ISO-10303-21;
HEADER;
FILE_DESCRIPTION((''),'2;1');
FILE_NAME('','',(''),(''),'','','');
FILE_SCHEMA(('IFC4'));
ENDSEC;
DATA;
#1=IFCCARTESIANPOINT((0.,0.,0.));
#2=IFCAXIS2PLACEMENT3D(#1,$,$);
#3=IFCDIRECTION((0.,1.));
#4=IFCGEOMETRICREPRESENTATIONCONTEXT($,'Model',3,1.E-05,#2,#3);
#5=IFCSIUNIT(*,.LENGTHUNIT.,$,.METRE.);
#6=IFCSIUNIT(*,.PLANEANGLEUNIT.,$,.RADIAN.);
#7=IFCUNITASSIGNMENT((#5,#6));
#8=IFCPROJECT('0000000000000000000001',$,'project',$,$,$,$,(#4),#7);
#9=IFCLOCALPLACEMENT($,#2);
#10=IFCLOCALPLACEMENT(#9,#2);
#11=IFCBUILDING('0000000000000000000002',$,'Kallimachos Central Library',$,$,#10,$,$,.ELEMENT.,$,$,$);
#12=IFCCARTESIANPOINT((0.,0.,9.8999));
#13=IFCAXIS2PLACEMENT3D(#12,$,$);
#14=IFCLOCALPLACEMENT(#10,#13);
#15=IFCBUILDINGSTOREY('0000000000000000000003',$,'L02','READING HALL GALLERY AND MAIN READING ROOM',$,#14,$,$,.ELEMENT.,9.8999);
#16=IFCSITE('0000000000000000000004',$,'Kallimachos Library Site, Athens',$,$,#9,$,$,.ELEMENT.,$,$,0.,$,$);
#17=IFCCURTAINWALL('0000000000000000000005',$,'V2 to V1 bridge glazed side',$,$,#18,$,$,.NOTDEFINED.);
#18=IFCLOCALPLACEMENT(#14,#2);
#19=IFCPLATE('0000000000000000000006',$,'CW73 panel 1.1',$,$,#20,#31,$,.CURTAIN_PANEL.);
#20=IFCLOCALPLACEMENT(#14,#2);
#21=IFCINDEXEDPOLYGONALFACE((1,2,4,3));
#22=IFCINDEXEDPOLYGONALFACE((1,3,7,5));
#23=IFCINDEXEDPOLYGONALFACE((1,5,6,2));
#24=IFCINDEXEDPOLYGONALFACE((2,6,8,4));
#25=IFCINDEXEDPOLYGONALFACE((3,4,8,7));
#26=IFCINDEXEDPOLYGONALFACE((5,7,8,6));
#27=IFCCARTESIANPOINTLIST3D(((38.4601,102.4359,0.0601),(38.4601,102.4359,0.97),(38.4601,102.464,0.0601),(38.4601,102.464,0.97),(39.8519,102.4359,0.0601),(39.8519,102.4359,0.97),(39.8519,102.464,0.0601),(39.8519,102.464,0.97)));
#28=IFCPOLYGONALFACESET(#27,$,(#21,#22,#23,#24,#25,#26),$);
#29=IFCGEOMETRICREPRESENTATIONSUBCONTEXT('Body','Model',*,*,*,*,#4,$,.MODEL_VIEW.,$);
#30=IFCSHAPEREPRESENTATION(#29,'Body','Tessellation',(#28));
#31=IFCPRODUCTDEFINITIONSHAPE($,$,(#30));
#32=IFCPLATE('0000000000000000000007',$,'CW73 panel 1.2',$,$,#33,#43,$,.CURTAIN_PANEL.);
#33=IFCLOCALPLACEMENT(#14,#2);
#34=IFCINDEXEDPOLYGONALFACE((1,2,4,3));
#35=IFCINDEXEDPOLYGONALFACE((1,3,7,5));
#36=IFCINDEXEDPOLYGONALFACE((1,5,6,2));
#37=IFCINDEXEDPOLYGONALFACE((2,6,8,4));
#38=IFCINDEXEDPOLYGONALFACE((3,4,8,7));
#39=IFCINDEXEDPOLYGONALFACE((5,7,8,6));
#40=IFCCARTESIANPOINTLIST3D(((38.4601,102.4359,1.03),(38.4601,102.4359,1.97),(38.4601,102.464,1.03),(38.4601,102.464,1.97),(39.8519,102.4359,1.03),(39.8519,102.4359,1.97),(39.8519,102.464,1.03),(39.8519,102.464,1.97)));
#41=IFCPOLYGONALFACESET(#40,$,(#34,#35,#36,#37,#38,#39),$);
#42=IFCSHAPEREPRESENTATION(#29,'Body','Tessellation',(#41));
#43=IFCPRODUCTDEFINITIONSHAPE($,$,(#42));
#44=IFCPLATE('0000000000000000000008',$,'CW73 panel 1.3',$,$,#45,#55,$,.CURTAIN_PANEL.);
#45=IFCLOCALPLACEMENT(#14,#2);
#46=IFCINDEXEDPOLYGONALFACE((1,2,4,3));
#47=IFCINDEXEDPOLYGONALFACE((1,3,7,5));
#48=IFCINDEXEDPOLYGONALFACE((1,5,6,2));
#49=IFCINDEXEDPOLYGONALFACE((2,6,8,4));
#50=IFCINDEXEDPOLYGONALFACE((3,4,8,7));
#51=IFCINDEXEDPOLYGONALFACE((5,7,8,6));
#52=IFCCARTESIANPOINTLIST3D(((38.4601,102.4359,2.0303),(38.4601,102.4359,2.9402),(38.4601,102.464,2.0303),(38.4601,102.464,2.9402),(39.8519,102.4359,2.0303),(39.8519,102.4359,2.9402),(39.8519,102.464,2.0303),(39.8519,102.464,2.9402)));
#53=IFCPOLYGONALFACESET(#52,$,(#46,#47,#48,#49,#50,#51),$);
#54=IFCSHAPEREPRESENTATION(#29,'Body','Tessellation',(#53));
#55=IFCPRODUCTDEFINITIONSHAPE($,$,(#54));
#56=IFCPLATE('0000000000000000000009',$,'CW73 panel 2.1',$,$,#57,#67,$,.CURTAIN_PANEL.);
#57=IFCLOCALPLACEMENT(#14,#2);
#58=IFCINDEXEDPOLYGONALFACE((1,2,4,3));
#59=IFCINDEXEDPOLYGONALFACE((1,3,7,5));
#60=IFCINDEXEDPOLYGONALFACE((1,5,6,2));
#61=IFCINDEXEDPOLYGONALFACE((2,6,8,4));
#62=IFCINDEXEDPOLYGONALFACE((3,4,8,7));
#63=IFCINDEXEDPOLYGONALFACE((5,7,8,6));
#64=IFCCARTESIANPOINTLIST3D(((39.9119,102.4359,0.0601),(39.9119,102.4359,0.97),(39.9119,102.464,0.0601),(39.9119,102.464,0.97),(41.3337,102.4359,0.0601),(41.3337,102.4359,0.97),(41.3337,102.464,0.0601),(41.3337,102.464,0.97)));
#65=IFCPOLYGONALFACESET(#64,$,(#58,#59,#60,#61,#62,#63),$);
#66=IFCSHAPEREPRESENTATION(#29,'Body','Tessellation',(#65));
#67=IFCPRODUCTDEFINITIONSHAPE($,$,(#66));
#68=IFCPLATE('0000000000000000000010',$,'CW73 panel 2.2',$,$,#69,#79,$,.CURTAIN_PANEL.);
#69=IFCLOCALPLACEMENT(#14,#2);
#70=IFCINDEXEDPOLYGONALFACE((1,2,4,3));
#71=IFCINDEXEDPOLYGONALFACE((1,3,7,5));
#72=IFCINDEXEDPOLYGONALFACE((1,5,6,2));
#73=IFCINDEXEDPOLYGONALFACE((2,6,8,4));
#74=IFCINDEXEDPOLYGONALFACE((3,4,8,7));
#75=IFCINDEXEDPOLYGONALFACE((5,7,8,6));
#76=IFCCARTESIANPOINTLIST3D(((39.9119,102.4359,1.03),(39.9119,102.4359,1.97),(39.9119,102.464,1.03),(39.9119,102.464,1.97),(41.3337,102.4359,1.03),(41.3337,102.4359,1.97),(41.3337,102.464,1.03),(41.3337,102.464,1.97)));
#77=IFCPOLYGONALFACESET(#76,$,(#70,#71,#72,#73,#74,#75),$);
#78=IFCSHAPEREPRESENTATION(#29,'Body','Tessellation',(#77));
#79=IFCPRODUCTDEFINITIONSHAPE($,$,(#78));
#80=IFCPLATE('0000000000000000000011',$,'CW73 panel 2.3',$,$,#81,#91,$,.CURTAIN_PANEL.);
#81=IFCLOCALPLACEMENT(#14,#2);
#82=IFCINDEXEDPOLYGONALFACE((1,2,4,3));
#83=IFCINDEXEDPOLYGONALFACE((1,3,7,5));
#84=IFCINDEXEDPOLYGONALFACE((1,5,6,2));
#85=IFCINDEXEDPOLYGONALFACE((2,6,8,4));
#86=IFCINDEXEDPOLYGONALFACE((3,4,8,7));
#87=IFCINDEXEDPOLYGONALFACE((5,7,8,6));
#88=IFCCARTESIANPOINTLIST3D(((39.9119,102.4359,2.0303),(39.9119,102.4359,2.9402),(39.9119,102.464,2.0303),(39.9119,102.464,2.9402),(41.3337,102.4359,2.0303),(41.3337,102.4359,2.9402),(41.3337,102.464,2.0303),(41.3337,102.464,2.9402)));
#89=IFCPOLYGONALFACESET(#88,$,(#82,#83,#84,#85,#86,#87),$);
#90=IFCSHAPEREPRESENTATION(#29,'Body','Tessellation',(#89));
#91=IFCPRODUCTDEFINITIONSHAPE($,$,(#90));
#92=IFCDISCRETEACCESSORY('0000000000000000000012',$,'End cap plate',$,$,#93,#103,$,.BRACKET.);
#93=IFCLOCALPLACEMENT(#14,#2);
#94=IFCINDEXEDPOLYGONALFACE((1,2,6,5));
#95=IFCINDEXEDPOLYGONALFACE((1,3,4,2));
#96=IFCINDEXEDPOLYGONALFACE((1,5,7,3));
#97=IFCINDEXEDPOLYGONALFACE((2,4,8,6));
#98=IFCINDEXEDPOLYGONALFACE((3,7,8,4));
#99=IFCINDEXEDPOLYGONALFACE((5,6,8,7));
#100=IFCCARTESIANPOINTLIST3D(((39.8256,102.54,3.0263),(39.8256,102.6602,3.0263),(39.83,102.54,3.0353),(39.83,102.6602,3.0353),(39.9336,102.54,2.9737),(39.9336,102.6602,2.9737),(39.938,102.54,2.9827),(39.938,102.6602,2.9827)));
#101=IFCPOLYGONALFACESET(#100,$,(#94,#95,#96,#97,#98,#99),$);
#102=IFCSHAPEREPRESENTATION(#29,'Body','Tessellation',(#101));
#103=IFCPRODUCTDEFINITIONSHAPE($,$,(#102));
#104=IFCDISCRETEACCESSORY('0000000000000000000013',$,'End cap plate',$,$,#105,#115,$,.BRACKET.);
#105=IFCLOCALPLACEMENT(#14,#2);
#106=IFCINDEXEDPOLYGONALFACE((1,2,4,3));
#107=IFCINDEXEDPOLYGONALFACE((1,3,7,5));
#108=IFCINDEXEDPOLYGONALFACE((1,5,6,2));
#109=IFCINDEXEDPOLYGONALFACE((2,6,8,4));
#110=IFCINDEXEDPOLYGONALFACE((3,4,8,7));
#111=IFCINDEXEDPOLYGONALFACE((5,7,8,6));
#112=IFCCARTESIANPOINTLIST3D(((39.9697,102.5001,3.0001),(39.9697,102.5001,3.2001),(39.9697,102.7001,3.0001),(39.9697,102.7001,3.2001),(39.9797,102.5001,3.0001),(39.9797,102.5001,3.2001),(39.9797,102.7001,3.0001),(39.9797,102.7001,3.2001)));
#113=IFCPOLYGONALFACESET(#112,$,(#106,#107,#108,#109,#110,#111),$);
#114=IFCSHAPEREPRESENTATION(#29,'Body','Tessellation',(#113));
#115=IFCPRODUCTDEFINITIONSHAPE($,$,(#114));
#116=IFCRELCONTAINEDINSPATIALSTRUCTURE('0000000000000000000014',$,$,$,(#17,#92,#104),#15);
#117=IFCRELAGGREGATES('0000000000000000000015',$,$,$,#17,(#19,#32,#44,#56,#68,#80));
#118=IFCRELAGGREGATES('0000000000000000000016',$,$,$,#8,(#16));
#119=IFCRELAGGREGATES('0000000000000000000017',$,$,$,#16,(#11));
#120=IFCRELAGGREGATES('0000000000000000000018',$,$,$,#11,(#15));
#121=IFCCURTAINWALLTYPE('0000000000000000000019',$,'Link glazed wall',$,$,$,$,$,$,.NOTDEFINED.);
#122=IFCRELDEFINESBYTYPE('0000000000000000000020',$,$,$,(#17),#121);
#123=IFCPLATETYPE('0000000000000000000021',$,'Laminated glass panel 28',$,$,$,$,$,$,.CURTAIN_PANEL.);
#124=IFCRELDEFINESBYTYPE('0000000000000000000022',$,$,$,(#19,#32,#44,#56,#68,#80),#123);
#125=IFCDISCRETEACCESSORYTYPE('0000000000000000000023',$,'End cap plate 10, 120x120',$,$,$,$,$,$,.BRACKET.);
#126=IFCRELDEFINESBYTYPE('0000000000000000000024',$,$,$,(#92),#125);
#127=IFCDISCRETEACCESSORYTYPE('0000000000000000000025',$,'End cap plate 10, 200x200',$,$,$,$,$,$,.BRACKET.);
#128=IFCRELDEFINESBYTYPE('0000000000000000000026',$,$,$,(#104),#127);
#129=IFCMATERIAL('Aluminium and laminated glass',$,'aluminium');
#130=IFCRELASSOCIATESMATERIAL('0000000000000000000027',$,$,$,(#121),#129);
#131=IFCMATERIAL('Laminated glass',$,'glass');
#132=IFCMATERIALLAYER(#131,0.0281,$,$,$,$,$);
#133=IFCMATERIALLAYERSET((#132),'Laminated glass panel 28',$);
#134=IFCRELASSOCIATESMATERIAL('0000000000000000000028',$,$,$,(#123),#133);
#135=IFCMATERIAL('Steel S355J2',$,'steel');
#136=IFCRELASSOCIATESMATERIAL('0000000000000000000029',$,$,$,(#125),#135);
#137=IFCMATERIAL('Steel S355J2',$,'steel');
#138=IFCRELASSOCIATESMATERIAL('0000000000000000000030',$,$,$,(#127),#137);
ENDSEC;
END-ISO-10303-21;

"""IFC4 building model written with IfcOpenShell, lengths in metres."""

from ifc_helpers import new_model, si_unit, direction, frame, origin, origin_2d, place, context, subcontext, project, spatial, rectangle, extrude, material, layer, layer_set, material_profile, profile_set, type_object, element, aggregate, save


model = new_model("IFC4")

# Units and contexts
model_context = context("Model", 3, precision=1e-05, world=origin(), true_north=direction((0.0, 1.0)))
body_context = subcontext(model_context, "Body", "Model", "MODEL_VIEW")
ifc_project = project(units=[si_unit("LENGTHUNIT", "METRE"), si_unit("PLANEANGLEUNIT", "RADIAN")], contexts=[model_context])

# Site, building, storey
site_placement = place(None, origin())
site = spatial("IfcSite", under=ifc_project, at=site_placement, Name="Kallimachos Library Site, Athens", CompositionType="ELEMENT", RefElevation=0.0)
building_placement = place(site_placement, origin())
building = spatial("IfcBuilding", under=site, at=building_placement, Name="Kallimachos Central Library", CompositionType="ELEMENT")
storey_placement = place(building_placement, frame((0.0, 0.0, 9.8999)))
storey = spatial("IfcBuildingStorey", under=building, at=storey_placement, Name="L02", Description="READING HALL GALLERY AND MAIN READING ROOM", CompositionType="ELEMENT", Elevation=9.8999)

# Curtain wall
ifc_material_1 = material(Name="Aluminium and laminated glass", Category="aluminium")
curtain_wall_type = type_object("IfcCurtainWallType", Name="Link glazed wall", PredefinedType="NOTDEFINED", material=ifc_material_1)
curtain_wall_placement = place(storey_placement, origin())
curtain_wall = element("IfcCurtainWall", 1, at=curtain_wall_placement, inside=storey, type_object=curtain_wall_type, Name="V2 to V1 bridge glazed side", PredefinedType="NOTDEFINED")

# Plates
ifc_material_2 = material(Name="Laminated glass", Category="glass")
ifc_layer = layer(ifc_material_2, 0.0281)
ifc_layer_set = layer_set([ifc_layer], Name="Laminated glass panel 28")
plate_type = type_object("IfcPlateType", Name="Laminated glass panel 28", PredefinedType="CURTAIN_PANEL", material=ifc_layer_set)
plate_1_placement = place(storey_placement, frame((39.156, 102.45, 0.0601), z_axis=(0.0, 0.0, 1.0), x_axis=(1.0, 0.0, 0.0)))
plate_1 = element("IfcPlate", 2, at=plate_1_placement, type_object=plate_type, Name="CW73 panel 1.1", PredefinedType="CURTAIN_PANEL", context=body_context, shape_type="SweptSolid", body=[
    extrude(rectangle(XDim=1.3918, YDim=0.0281, at=origin_2d()), origin(), (0.0, 0.0, 1.0), 0.9099),
])
plate_2_placement = place(storey_placement, frame((39.156, 102.45, 1.03), z_axis=(0.0, 0.0, 1.0), x_axis=(1.0, 0.0, 0.0)))
plate_2 = element("IfcPlate", 3, at=plate_2_placement, type_object=plate_type, Name="CW73 panel 1.2", PredefinedType="CURTAIN_PANEL", context=body_context, shape_type="SweptSolid", body=[
    extrude(rectangle(XDim=1.3918, YDim=0.0281, at=origin_2d()), origin(), (0.0, 0.0, 1.0), 0.9399),
])
plate_3_placement = place(storey_placement, frame((39.156, 102.45, 2.0303), z_axis=(0.0, 0.0, 1.0), x_axis=(1.0, 0.0, 0.0)))
plate_3 = element("IfcPlate", 4, at=plate_3_placement, type_object=plate_type, Name="CW73 panel 1.3", PredefinedType="CURTAIN_PANEL", context=body_context, shape_type="SweptSolid", body=[
    extrude(rectangle(XDim=1.3918, YDim=0.0281, at=origin_2d()), origin(), (0.0, 0.0, 1.0), 0.9099),
])
plate_4_placement = place(storey_placement, frame((40.6228, 102.45, 0.0601), z_axis=(0.0, 0.0, 1.0), x_axis=(1.0, 0.0, 0.0)))
plate_4 = element("IfcPlate", 5, at=plate_4_placement, type_object=plate_type, Name="CW73 panel 2.1", PredefinedType="CURTAIN_PANEL", context=body_context, shape_type="SweptSolid", body=[
    extrude(rectangle(XDim=1.4219, YDim=0.0281, at=origin_2d()), origin(), (0.0, 0.0, 1.0), 0.9099),
])
plate_5_placement = place(storey_placement, frame((40.6228, 102.45, 1.03), z_axis=(0.0, 0.0, 1.0), x_axis=(1.0, 0.0, 0.0)))
plate_5 = element("IfcPlate", 6, at=plate_5_placement, type_object=plate_type, Name="CW73 panel 2.2", PredefinedType="CURTAIN_PANEL", context=body_context, shape_type="SweptSolid", body=[
    extrude(rectangle(XDim=1.4219, YDim=0.0281, at=origin_2d()), origin(), (0.0, 0.0, 1.0), 0.9399),
])
plate_6_placement = place(storey_placement, frame((40.6228, 102.45, 2.0303), z_axis=(0.0, 0.0, 1.0), x_axis=(1.0, 0.0, 0.0)))
plate_6 = element("IfcPlate", 7, at=plate_6_placement, type_object=plate_type, Name="CW73 panel 2.3", PredefinedType="CURTAIN_PANEL", context=body_context, shape_type="SweptSolid", body=[
    extrude(rectangle(XDim=1.4219, YDim=0.0281, at=origin_2d()), origin(), (0.0, 0.0, 1.0), 0.9099),
])
aggregate(curtain_wall, [plate_1, plate_2, plate_3, plate_4, plate_5, plate_6])

# Discrete accessories
ifc_material_3 = material(Name="Steel S355J2", Category="steel")
ifc_material_profile_1 = material_profile(ifc_material_3, rectangle(XDim=0.1201, YDim=0.1201, at=origin_2d()), Name="End cap plate 10, 120x120")
ifc_profile_set_1 = profile_set([ifc_material_profile_1], Name="Steel S355J2")
discrete_accessory_type_1 = type_object("IfcDiscreteAccessoryType", Name="End cap plate 10, 120x120", PredefinedType="BRACKET", material=ifc_profile_set_1)
discrete_accessory_1_placement = place(storey_placement, frame((39.8796, 102.6001, 3.0), z_axis=(0.437466, 0.0, 0.899235), x_axis=(0.0, 1.0, 0.0)))
element("IfcDiscreteAccessory", 8, at=discrete_accessory_1_placement, inside=storey, type_object=discrete_accessory_type_1, Name="End cap plate", PredefinedType="BRACKET", context=body_context, shape_type="SweptSolid", body=[
    extrude(rectangle(XDim=0.1201, YDim=0.1201, at=origin_2d()), origin(), (0.0, 0.0, 1.0), 0.01),
])
ifc_material_4 = material(Name="Steel S355J2", Category="steel")
ifc_material_profile_2 = material_profile(ifc_material_4, rectangle(XDim=0.2, YDim=0.2, at=origin_2d()), Name="End cap plate 10, 200x200")
ifc_profile_set_2 = profile_set([ifc_material_profile_2], Name="Steel S355J2")
discrete_accessory_type_2 = type_object("IfcDiscreteAccessoryType", Name="End cap plate 10, 200x200", PredefinedType="BRACKET", material=ifc_profile_set_2)
discrete_accessory_2_placement = place(storey_placement, frame((39.9697, 102.6001, 3.1001), z_axis=(1.0, 0.0, 0.0), x_axis=(0.0, 1.0, 0.0)))
element("IfcDiscreteAccessory", 9, at=discrete_accessory_2_placement, inside=storey, type_object=discrete_accessory_type_2, Name="End cap plate", PredefinedType="BRACKET", context=body_context, shape_type="SweptSolid", body=[
    extrude(rectangle(XDim=0.2, YDim=0.2, at=origin_2d()), origin(), (0.0, 0.0, 1.0), 0.01),
])

save(model, "model.ifc")
